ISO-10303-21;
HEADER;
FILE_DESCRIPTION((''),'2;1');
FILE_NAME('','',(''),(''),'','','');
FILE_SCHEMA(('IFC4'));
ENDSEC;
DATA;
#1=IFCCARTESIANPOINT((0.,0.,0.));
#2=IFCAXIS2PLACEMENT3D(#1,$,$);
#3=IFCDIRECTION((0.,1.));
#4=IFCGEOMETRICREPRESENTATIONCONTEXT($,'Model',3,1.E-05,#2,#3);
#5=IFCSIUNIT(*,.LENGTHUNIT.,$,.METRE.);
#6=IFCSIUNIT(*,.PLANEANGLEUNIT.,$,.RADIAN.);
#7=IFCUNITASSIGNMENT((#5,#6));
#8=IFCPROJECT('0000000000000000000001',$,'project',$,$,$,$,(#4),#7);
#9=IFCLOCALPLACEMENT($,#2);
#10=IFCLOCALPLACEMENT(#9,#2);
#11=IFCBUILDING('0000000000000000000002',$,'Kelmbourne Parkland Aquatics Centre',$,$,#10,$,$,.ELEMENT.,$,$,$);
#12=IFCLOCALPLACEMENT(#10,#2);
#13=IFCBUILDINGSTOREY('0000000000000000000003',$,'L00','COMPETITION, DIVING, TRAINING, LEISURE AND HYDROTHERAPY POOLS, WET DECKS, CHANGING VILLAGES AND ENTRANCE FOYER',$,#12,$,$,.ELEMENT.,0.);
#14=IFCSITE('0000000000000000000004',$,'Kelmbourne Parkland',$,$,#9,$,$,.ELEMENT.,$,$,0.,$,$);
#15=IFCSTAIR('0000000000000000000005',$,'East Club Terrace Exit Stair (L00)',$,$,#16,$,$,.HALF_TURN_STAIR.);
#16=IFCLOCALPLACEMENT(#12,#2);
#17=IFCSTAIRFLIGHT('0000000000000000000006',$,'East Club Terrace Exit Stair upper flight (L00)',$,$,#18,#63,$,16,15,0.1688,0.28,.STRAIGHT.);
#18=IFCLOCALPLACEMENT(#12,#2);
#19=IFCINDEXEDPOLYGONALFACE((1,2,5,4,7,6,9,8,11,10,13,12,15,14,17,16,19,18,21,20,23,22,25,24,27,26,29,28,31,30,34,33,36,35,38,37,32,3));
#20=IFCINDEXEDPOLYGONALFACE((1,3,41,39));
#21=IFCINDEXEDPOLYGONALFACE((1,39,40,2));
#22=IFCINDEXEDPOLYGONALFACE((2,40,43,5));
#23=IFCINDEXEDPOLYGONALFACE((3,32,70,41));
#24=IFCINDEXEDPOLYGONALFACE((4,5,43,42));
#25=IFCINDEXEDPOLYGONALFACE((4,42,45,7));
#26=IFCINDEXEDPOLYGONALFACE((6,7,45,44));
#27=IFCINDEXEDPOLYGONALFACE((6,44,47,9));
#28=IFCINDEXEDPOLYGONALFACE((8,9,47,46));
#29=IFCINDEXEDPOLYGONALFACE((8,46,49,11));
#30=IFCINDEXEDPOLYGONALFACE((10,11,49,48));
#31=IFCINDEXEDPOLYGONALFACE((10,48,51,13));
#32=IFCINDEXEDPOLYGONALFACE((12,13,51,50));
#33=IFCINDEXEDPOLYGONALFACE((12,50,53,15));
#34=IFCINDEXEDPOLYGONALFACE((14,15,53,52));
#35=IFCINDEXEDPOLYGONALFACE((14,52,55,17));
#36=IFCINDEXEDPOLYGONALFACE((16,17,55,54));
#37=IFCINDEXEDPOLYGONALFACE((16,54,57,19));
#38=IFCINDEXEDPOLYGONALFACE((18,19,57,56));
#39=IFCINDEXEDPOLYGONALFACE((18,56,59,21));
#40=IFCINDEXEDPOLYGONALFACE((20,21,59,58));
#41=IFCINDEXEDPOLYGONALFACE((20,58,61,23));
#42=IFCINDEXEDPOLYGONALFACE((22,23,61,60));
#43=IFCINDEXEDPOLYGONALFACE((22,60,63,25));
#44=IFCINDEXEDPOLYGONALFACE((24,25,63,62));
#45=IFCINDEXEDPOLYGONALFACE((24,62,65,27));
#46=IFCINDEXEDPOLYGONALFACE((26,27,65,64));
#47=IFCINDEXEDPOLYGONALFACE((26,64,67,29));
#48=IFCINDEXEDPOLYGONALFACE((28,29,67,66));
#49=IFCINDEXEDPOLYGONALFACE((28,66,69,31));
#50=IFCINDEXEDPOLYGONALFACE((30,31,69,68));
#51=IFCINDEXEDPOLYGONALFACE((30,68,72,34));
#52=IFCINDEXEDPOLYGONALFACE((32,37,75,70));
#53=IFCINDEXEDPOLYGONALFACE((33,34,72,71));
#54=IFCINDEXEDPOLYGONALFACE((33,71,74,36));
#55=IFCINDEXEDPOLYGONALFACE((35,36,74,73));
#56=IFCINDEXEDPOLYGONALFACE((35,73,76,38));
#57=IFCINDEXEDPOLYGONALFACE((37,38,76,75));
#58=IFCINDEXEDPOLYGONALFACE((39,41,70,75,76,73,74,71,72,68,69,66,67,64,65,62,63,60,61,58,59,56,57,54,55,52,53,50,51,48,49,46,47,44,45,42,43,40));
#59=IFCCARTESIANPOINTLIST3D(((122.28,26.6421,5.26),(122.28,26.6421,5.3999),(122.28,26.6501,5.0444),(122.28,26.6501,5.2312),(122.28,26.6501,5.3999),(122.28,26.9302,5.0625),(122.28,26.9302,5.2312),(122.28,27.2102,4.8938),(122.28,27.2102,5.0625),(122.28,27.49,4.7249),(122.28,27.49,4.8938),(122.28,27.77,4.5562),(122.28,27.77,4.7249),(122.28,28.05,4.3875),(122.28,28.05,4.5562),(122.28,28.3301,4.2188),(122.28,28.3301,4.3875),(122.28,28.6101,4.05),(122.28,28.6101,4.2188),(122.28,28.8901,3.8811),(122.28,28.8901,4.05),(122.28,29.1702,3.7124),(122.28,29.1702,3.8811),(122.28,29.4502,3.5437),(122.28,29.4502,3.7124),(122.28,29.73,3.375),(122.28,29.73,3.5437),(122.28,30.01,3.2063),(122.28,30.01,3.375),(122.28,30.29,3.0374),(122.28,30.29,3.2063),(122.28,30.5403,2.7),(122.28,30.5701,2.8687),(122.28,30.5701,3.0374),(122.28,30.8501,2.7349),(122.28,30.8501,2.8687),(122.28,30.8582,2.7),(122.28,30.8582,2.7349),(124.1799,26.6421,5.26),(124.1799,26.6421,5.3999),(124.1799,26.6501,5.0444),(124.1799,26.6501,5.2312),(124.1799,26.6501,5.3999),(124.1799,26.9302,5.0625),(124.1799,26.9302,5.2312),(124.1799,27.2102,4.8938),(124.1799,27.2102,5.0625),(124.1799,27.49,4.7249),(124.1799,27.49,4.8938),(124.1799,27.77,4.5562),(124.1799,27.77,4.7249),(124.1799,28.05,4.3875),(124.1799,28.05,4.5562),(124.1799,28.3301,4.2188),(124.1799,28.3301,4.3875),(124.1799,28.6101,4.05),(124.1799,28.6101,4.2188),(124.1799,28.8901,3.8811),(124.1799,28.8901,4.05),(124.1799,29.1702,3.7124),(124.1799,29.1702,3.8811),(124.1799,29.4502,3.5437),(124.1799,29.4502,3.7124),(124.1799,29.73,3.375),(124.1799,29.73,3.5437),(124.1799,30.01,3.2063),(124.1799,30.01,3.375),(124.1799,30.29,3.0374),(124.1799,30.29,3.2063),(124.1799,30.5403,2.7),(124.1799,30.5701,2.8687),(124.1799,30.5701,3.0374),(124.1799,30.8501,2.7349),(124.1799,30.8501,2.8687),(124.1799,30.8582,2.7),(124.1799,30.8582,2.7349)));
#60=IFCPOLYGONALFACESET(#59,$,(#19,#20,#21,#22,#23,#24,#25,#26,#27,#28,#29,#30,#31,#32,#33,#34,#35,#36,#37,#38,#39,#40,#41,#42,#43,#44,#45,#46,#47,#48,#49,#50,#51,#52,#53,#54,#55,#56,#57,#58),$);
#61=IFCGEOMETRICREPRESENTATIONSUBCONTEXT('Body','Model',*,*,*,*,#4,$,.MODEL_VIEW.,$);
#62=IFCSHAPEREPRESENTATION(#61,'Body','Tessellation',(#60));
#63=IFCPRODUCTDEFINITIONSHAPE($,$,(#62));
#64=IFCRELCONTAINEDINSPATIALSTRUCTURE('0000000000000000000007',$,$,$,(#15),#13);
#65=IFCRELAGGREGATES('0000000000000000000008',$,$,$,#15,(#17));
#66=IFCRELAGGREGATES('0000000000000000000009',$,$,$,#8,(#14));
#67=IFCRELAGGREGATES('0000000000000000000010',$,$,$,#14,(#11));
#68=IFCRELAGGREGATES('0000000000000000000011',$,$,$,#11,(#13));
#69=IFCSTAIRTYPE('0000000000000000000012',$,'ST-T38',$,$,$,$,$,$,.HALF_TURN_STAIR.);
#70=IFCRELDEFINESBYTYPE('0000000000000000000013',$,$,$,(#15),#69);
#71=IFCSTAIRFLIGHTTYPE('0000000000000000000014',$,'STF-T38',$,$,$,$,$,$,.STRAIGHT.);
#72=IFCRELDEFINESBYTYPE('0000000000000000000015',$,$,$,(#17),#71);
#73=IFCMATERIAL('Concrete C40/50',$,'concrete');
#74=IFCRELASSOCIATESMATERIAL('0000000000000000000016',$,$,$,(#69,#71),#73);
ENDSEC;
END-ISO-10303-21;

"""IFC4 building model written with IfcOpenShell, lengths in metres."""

from ifc_helpers import new_model, si_unit, direction, frame, origin, place, context, subcontext, project, spatial, polyline, outline, extrude, material, type_object, element, aggregate, save


model = new_model("IFC4")

# Units and contexts
model_context = context("Model", 3, precision=1e-05, world=origin(), true_north=direction((0.0, 1.0)))
body_context = subcontext(model_context, "Body", "Model", "MODEL_VIEW")
ifc_project = project(units=[si_unit("LENGTHUNIT", "METRE"), si_unit("PLANEANGLEUNIT", "RADIAN")], contexts=[model_context])

# Site, building, storey
site_placement = place(None, origin())
site = spatial("IfcSite", under=ifc_project, at=site_placement, Name="Kelmbourne Parkland", CompositionType="ELEMENT", RefElevation=0.0)
building_placement = place(site_placement, origin())
building = spatial("IfcBuilding", under=site, at=building_placement, Name="Kelmbourne Parkland Aquatics Centre", CompositionType="ELEMENT")
storey_placement = place(building_placement, origin())
storey = spatial("IfcBuildingStorey", under=building, at=storey_placement, Name="L00", Description="COMPETITION, DIVING, TRAINING, LEISURE AND HYDROTHERAPY POOLS, WET DECKS, CHANGING VILLAGES AND ENTRANCE FOYER", CompositionType="ELEMENT", Elevation=0.0)

# Shared definitions
ifc_material_1 = material(Name="Concrete C40/50", Category="concrete")

# Stair, stair flight
stair_type = type_object("IfcStairType", Name="ST-T38", PredefinedType="HALF_TURN_STAIR", material=ifc_material_1)
stair_placement = place(storey_placement, origin())
stair = element("IfcStair", 1, at=stair_placement, inside=storey, type_object=stair_type, Name="East Club Terrace Exit Stair (L00)", PredefinedType="HALF_TURN_STAIR")
stair_flight_type = type_object("IfcStairFlightType", Name="STF-T38", PredefinedType="STRAIGHT", material=ifc_material_1)
stair_flight_1_placement = place(storey_placement, frame((123.23, 30.8501, 2.7), z_axis=(0.0, 0.0, 1.0), x_axis=(0.0, -1.0, 0.0)))
stair_flight_1 = element("IfcStairFlight", 2, at=stair_flight_1_placement, type_object=stair_flight_type, Name="East Club Terrace Exit Stair upper flight (L00)", NumberOfRisers=16, NumberOfTreads=15, PredefinedType="STRAIGHT", RiserHeight=0.1688, TreadLength=0.28, context=body_context, shape_type="SweptSolid", body=[
    extrude(outline(polyline([(-0.0081, 0.0), (-0.0081, 0.0349), (0.0, 0.0349), (0.0, 0.1687), (0.28, 0.1687), (0.28, 0.3374), (0.5601, 0.3374), (0.5601, 0.5063), (0.8401, 0.5063), (0.8401, 0.675), (1.1201, 0.675), (1.1201, 0.8438), (1.3999, 0.8438), (1.3999, 1.0125), (1.6799, 1.0125), (1.6799, 1.1812), (1.96, 1.1812), (1.96, 1.3501), (2.24, 1.3501), (2.24, 1.5188), (2.52, 1.5188), (2.52, 1.6875), (2.8, 1.6875), (2.8, 1.8562), (3.0801, 1.8562), (3.0801, 2.0249), (3.3601, 2.0249), (3.3601, 2.1938), (3.6399, 2.1938), (3.6399, 2.3625), (3.9199, 2.3625), (3.9199, 2.5312), (4.2, 2.5312), (4.2, 2.7), (4.208, 2.7), (4.208, 2.5601), (4.2, 2.3445), (0.3098, 0.0), (-0.0081, 0.0)])), frame((0.0, 0.95, 0.0), z_axis=(0.0, -1.0, 0.0), x_axis=(1.0, 0.0, 0.0)), (0.0, 0.0, 1.0), 1.8999),
])
aggregate(stair, [stair_flight_1])

save(model, "model.ifc")
